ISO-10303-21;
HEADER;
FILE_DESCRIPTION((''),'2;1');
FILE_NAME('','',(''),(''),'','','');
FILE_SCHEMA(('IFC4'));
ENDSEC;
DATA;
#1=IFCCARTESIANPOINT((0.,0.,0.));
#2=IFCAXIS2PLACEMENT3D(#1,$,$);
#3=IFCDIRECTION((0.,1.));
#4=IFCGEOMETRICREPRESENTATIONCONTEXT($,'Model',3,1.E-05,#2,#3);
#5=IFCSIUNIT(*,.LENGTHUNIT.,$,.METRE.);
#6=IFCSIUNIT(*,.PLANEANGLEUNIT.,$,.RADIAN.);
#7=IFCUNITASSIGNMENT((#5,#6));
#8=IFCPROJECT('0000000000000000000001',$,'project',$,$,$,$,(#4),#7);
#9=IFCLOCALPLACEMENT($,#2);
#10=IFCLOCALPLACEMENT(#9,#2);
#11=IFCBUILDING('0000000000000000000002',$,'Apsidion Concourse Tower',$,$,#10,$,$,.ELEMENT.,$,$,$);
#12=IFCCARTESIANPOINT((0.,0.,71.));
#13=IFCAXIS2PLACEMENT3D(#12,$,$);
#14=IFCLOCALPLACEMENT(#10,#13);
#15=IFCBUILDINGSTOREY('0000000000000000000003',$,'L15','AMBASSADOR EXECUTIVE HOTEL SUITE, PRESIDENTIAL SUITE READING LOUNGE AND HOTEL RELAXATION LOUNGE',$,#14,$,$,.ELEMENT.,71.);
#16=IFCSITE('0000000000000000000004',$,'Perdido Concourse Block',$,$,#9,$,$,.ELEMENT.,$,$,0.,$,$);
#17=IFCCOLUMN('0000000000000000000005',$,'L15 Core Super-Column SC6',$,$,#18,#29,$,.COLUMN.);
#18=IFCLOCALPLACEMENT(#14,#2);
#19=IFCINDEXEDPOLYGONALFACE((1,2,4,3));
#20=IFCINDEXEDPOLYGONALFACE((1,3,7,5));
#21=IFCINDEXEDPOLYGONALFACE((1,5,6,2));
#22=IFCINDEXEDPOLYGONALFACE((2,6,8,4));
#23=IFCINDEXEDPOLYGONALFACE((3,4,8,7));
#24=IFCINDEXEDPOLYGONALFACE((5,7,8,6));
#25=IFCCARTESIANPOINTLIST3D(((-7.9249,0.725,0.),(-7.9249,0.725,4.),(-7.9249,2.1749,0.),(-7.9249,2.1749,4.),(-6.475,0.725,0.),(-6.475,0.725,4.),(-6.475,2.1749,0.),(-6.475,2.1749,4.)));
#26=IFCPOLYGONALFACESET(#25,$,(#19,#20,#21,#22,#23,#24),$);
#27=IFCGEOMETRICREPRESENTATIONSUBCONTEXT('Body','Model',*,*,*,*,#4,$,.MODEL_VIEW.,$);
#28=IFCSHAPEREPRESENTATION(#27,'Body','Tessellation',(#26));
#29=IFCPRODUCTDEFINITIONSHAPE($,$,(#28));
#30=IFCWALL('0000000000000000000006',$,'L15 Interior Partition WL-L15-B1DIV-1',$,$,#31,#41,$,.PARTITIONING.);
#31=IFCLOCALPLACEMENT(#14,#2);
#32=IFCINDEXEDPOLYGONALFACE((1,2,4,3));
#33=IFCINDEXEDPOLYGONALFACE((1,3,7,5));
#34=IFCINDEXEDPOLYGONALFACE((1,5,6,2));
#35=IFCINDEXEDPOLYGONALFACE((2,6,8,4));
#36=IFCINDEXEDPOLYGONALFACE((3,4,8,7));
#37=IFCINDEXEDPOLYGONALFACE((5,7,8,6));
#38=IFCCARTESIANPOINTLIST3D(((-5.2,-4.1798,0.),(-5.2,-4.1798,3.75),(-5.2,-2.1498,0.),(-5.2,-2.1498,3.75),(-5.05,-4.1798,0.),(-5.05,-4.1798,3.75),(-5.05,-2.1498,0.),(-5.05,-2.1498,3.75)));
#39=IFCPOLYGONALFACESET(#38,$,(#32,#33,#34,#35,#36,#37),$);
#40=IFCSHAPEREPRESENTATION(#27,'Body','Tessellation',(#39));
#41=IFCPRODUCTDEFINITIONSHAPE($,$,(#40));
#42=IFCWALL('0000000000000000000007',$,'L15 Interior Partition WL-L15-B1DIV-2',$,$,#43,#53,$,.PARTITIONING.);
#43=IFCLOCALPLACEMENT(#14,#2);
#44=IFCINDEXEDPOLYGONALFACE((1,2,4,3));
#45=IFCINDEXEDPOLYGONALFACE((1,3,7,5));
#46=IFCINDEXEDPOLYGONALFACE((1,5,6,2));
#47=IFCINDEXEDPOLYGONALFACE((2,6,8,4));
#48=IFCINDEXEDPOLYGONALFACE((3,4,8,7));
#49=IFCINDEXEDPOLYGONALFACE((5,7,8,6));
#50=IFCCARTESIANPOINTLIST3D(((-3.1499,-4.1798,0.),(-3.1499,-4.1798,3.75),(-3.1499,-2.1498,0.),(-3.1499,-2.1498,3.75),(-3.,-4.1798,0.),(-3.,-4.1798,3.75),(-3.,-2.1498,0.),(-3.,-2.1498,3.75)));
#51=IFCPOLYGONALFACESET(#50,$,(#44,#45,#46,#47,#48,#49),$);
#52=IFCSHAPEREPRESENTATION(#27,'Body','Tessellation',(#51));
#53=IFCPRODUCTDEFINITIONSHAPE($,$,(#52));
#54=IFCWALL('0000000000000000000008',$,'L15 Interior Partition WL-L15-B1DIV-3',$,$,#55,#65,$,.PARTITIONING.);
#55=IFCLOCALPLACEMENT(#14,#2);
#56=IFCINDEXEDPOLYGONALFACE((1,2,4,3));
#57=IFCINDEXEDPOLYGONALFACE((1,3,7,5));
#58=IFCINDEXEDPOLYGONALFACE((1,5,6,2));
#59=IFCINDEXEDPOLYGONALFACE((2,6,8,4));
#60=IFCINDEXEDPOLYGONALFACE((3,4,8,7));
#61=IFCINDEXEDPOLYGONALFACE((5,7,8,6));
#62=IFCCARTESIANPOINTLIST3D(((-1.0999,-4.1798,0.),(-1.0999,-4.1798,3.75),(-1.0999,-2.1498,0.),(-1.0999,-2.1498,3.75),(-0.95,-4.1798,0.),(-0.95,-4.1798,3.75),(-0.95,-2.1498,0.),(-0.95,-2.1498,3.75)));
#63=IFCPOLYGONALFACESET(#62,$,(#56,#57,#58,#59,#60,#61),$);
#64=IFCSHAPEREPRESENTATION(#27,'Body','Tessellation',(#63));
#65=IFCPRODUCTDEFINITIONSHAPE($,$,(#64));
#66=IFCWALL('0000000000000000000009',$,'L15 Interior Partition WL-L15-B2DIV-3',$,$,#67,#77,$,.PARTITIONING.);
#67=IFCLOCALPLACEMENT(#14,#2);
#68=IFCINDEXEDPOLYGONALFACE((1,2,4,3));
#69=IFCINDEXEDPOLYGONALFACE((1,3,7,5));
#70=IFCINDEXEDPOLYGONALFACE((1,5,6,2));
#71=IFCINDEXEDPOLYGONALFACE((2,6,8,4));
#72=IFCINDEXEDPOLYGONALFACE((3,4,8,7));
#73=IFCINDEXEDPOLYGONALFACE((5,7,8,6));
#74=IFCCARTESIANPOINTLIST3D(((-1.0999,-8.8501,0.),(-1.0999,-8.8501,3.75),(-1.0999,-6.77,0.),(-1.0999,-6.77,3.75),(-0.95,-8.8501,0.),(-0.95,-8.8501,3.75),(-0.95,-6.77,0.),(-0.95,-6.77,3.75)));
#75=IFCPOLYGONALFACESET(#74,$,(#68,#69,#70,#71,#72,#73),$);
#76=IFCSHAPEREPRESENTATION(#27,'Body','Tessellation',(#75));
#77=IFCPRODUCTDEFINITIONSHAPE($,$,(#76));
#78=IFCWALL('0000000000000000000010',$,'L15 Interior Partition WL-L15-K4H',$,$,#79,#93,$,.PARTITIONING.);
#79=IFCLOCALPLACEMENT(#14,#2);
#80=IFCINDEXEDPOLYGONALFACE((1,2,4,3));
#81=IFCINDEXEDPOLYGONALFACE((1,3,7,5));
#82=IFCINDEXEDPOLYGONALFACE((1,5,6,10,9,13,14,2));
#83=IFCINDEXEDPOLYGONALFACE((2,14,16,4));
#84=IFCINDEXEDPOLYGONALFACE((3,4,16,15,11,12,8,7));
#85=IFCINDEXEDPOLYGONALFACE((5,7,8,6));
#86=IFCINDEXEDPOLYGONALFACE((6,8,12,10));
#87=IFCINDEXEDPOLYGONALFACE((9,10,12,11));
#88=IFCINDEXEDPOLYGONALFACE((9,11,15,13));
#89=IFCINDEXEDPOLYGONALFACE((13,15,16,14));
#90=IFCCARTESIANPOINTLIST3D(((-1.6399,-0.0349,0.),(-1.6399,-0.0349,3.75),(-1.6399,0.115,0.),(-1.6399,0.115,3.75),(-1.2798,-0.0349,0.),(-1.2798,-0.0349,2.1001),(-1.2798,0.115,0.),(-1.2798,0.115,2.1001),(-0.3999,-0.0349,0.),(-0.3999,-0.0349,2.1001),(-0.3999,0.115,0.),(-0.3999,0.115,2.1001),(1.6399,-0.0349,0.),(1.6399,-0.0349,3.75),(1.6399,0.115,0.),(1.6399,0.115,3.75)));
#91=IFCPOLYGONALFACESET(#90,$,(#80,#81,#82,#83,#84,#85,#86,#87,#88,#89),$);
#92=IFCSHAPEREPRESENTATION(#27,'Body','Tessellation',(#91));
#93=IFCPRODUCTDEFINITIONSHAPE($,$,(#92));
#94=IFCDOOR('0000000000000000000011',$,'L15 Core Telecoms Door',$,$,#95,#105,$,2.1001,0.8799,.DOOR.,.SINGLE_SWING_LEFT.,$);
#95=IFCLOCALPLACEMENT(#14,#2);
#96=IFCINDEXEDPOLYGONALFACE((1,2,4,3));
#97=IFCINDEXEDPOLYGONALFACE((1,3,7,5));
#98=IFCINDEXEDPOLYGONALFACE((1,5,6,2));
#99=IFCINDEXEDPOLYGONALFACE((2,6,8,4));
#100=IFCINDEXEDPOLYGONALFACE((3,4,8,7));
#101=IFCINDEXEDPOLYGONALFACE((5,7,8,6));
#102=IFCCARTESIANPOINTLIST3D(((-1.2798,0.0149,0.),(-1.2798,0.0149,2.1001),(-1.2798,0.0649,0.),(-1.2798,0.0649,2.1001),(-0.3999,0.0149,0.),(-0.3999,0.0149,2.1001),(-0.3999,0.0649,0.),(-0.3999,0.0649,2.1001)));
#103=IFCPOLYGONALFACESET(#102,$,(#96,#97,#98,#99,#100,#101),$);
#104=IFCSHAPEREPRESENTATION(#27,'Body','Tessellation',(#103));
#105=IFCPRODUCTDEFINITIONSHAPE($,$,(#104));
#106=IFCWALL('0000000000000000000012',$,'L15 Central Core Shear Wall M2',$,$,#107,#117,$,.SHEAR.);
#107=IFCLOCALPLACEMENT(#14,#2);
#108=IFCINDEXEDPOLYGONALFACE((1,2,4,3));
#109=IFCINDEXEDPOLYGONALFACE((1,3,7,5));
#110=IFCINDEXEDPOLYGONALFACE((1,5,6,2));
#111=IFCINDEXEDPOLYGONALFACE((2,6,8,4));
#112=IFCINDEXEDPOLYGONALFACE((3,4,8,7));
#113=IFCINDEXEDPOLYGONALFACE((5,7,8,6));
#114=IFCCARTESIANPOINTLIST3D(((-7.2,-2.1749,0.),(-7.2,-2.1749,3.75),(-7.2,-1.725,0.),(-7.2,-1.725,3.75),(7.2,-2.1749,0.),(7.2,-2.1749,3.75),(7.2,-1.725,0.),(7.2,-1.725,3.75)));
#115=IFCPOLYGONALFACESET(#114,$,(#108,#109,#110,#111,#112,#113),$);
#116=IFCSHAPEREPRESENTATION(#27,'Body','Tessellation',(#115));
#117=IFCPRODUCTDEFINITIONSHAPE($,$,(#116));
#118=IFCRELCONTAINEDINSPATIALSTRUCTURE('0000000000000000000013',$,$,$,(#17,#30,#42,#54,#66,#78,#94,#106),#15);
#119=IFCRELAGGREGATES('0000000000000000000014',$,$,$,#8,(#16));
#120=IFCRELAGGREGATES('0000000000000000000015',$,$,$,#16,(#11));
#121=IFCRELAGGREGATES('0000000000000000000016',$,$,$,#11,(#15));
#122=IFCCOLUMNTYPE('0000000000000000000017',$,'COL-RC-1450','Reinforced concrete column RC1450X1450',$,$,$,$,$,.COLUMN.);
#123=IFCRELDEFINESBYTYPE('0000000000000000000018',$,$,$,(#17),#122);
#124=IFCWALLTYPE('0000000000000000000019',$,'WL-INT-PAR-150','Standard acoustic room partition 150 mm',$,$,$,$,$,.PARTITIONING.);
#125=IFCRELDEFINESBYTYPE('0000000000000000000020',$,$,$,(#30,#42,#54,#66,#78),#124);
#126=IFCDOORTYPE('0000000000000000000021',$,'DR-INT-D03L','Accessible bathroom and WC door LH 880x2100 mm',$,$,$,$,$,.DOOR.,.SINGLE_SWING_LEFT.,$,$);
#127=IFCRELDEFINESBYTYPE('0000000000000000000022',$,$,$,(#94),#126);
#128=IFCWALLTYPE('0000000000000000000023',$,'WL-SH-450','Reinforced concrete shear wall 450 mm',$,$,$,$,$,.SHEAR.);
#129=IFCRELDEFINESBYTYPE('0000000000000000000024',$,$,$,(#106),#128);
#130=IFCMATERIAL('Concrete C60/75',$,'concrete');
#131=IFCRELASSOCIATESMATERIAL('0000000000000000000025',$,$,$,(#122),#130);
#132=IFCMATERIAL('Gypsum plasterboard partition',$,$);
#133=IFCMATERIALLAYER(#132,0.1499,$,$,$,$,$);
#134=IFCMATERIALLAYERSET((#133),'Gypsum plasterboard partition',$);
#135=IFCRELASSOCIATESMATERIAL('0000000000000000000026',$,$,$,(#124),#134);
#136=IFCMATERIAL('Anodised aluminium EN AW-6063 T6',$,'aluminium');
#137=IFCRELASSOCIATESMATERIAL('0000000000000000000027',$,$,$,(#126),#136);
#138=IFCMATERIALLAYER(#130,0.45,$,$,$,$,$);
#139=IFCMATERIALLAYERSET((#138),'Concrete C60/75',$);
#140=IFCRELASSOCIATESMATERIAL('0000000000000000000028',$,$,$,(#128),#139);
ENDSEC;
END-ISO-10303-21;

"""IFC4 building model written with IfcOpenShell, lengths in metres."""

from ifc_helpers import new_model, si_unit, direction, frame, frame_2d, origin, origin_2d, place, context, subcontext, project, spatial, rectangle, extrude, material, layer, layer_set, material_profile, profile_set, type_object, element, fill, save


model = new_model("IFC4")

# Units and contexts
model_context = context("Model", 3, precision=1e-05, world=origin(), true_north=direction((0.0, 1.0)))
body_context = subcontext(model_context, "Body", "Model", "MODEL_VIEW")
ifc_project = project(units=[si_unit("LENGTHUNIT", "METRE"), si_unit("PLANEANGLEUNIT", "RADIAN")], contexts=[model_context])

# Site, building, storey
site_placement = place(None, origin())
site = spatial("IfcSite", under=ifc_project, at=site_placement, Name="Perdido Concourse Block", CompositionType="ELEMENT", RefElevation=0.0)
building_placement = place(site_placement, origin())
building = spatial("IfcBuilding", under=site, at=building_placement, Name="Apsidion Concourse Tower", CompositionType="ELEMENT")
storey_placement = place(building_placement, frame((0.0, 0.0, 71.0)))
storey = spatial("IfcBuildingStorey", under=building, at=storey_placement, Name="L15", Description="AMBASSADOR EXECUTIVE HOTEL SUITE, PRESIDENTIAL SUITE READING LOUNGE AND HOTEL RELAXATION LOUNGE", CompositionType="ELEMENT", Elevation=71.0)

# Column
ifc_material_1 = material(Name="Concrete C60/75", Category="concrete")
ifc_material_profile = material_profile(ifc_material_1, rectangle(XDim=1.45, YDim=1.45, at=origin_2d()), Name="RC 1450x1450")
ifc_profile_set = profile_set([ifc_material_profile], Name="Concrete C60/75")
column_type = type_object("IfcColumnType", Name="COL-RC-1450", Description="Reinforced concrete column RC1450X1450", PredefinedType="COLUMN", material=ifc_profile_set)
column_placement = place(storey_placement, frame((-7.2, 1.45, 0.0), z_axis=(0.0, 0.0, 1.0), x_axis=(1.0, 0.0, 0.0)))
element("IfcColumn", 1, at=column_placement, inside=storey, type_object=column_type, Name="L15 Core Super-Column SC6", PredefinedType="COLUMN", context=body_context, shape_type="SweptSolid", body=[
    extrude(rectangle(XDim=1.45, YDim=1.45, at=origin_2d()), origin(), (0.0, 0.0, 1.0), 4.0),
])

# Walls
ifc_material_2 = material(Name="Gypsum plasterboard partition")
ifc_layer_1 = layer(ifc_material_2, 0.1499)
ifc_layer_set_1 = layer_set([ifc_layer_1], Name="Gypsum plasterboard partition")
wall_type_1 = type_object("IfcWallType", Name="WL-INT-PAR-150", Description="Standard acoustic room partition 150 mm", PredefinedType="PARTITIONING", material=ifc_layer_set_1)
for number, where, z_axis, x_axis, name in (
    (2, (-5.125, -4.1799, 0.0), (0.0, 0.0, 1.0), (0.0, 1.0, 0.0), "L15 Interior Partition WL-L15-B1DIV-1"),
    (3, (-3.075, -4.1799, 0.0), (0.0, 0.0, 1.0), (0.0, 1.0, 0.0), "L15 Interior Partition WL-L15-B1DIV-2"),
    (4, (-1.0249, -4.1799, 0.0), (0.0, 0.0, 1.0), (0.0, 1.0, 0.0), "L15 Interior Partition WL-L15-B1DIV-3"),
):
    element("IfcWall", number, at=place(storey_placement, frame(where, z_axis=z_axis, x_axis=x_axis)), inside=storey, type_object=wall_type_1, Name=name, PredefinedType="PARTITIONING", context=body_context, shape_type="SweptSolid", body=[
        extrude(rectangle(XDim=2.03, YDim=0.1499, at=frame_2d((1.0151, 0.0))), origin(), (0.0, 0.0, 1.0), 3.75),
    ])
wall_1_placement = place(storey_placement, frame((-1.0249, -8.8501, 0.0), z_axis=(0.0, 0.0, 1.0), x_axis=(0.0, 1.0, 0.0)))
element("IfcWall", 5, at=wall_1_placement, inside=storey, type_object=wall_type_1, Name="L15 Interior Partition WL-L15-B2DIV-3", PredefinedType="PARTITIONING", context=body_context, shape_type="SweptSolid", body=[
    extrude(rectangle(XDim=2.0801, YDim=0.1499, at=frame_2d((1.04, 0.0))), origin(), (0.0, 0.0, 1.0), 3.75),
])

# Wall, opening, door
wall_2_placement = place(storey_placement, frame((-1.6399, 0.04, 0.0), z_axis=(0.0, 0.0, 1.0), x_axis=(1.0, 0.0, 0.0)))
wall_2 = element("IfcWall", 6, at=wall_2_placement, inside=storey, type_object=wall_type_1, Name="L15 Interior Partition WL-L15-K4H", PredefinedType="PARTITIONING", context=body_context, shape_type="SweptSolid", body=[
    extrude(rectangle(XDim=3.2798, YDim=0.1499, at=frame_2d((1.6399, 0.0))), origin(), (0.0, 0.0, 1.0), 3.75),
])
opening_1_placement = place(wall_2_placement, frame((0.3601, 0.0, 0.0)))
opening_1 = element("IfcOpeningElement", 7, at=opening_1_placement, cuts=wall_2, PredefinedType="OPENING", context=body_context, shape_type="SweptSolid", body=[
    extrude(rectangle(XDim=0.8799, YDim=2.1001, at=frame_2d((0.4399, 1.05))), frame((0.0, 0.085, 0.0), z_axis=(0.0, -1.0, 0.0), x_axis=(1.0, 0.0, 0.0)), (0.0, 0.0, 1.0), 0.1699),
])
ifc_material_3 = material(Name="Anodised aluminium EN AW-6063 T6", Category="aluminium")
door_type_1 = type_object("IfcDoorType", Name="DR-INT-D03L", Description="Accessible bathroom and WC door LH 880x2100 mm", OperationType="SINGLE_SWING_LEFT", PredefinedType="DOOR", material=ifc_material_3)
door_1_placement = place(opening_1_placement, origin())
door_1 = element("IfcDoor", 8, at=door_1_placement, inside=storey, type_object=door_type_1, Name="L15 Core Telecoms Door", OperationType="SINGLE_SWING_LEFT", OverallHeight=2.1001, OverallWidth=0.8799, PredefinedType="DOOR", context=body_context, shape_type="SweptSolid", body=[
    extrude(rectangle(XDim=0.8799, YDim=2.1001, at=frame_2d((0.4399, 1.05))), frame((0.0, 0.0249, 0.0), z_axis=(0.0, -1.0, 0.0), x_axis=(1.0, 0.0, 0.0)), (0.0, 0.0, 1.0), 0.05),
])
fill(opening_1, door_1)

# Shared definitions
ifc_layer_2 = layer(ifc_material_1, 0.45)
ifc_layer_set_2 = layer_set([ifc_layer_2], Name="Concrete C60/75")
wall_type_2 = type_object("IfcWallType", Name="WL-SH-450", Description="Reinforced concrete shear wall 450 mm", PredefinedType="SHEAR", material=ifc_layer_set_2)

# Wall
wall_3_placement = place(storey_placement, frame((-7.2, -1.95, 0.0), z_axis=(0.0, 0.0, 1.0), x_axis=(1.0, 0.0, 0.0)))
element("IfcWall", 9, at=wall_3_placement, inside=storey, type_object=wall_type_2, Name="L15 Central Core Shear Wall M2", PredefinedType="SHEAR", context=body_context, shape_type="SweptSolid", body=[
    extrude(rectangle(XDim=14.3999, YDim=0.45, at=frame_2d((7.2, 0.0))), origin(), (0.0, 0.0, 1.0), 3.75),
])

save(model, "model.ifc")
